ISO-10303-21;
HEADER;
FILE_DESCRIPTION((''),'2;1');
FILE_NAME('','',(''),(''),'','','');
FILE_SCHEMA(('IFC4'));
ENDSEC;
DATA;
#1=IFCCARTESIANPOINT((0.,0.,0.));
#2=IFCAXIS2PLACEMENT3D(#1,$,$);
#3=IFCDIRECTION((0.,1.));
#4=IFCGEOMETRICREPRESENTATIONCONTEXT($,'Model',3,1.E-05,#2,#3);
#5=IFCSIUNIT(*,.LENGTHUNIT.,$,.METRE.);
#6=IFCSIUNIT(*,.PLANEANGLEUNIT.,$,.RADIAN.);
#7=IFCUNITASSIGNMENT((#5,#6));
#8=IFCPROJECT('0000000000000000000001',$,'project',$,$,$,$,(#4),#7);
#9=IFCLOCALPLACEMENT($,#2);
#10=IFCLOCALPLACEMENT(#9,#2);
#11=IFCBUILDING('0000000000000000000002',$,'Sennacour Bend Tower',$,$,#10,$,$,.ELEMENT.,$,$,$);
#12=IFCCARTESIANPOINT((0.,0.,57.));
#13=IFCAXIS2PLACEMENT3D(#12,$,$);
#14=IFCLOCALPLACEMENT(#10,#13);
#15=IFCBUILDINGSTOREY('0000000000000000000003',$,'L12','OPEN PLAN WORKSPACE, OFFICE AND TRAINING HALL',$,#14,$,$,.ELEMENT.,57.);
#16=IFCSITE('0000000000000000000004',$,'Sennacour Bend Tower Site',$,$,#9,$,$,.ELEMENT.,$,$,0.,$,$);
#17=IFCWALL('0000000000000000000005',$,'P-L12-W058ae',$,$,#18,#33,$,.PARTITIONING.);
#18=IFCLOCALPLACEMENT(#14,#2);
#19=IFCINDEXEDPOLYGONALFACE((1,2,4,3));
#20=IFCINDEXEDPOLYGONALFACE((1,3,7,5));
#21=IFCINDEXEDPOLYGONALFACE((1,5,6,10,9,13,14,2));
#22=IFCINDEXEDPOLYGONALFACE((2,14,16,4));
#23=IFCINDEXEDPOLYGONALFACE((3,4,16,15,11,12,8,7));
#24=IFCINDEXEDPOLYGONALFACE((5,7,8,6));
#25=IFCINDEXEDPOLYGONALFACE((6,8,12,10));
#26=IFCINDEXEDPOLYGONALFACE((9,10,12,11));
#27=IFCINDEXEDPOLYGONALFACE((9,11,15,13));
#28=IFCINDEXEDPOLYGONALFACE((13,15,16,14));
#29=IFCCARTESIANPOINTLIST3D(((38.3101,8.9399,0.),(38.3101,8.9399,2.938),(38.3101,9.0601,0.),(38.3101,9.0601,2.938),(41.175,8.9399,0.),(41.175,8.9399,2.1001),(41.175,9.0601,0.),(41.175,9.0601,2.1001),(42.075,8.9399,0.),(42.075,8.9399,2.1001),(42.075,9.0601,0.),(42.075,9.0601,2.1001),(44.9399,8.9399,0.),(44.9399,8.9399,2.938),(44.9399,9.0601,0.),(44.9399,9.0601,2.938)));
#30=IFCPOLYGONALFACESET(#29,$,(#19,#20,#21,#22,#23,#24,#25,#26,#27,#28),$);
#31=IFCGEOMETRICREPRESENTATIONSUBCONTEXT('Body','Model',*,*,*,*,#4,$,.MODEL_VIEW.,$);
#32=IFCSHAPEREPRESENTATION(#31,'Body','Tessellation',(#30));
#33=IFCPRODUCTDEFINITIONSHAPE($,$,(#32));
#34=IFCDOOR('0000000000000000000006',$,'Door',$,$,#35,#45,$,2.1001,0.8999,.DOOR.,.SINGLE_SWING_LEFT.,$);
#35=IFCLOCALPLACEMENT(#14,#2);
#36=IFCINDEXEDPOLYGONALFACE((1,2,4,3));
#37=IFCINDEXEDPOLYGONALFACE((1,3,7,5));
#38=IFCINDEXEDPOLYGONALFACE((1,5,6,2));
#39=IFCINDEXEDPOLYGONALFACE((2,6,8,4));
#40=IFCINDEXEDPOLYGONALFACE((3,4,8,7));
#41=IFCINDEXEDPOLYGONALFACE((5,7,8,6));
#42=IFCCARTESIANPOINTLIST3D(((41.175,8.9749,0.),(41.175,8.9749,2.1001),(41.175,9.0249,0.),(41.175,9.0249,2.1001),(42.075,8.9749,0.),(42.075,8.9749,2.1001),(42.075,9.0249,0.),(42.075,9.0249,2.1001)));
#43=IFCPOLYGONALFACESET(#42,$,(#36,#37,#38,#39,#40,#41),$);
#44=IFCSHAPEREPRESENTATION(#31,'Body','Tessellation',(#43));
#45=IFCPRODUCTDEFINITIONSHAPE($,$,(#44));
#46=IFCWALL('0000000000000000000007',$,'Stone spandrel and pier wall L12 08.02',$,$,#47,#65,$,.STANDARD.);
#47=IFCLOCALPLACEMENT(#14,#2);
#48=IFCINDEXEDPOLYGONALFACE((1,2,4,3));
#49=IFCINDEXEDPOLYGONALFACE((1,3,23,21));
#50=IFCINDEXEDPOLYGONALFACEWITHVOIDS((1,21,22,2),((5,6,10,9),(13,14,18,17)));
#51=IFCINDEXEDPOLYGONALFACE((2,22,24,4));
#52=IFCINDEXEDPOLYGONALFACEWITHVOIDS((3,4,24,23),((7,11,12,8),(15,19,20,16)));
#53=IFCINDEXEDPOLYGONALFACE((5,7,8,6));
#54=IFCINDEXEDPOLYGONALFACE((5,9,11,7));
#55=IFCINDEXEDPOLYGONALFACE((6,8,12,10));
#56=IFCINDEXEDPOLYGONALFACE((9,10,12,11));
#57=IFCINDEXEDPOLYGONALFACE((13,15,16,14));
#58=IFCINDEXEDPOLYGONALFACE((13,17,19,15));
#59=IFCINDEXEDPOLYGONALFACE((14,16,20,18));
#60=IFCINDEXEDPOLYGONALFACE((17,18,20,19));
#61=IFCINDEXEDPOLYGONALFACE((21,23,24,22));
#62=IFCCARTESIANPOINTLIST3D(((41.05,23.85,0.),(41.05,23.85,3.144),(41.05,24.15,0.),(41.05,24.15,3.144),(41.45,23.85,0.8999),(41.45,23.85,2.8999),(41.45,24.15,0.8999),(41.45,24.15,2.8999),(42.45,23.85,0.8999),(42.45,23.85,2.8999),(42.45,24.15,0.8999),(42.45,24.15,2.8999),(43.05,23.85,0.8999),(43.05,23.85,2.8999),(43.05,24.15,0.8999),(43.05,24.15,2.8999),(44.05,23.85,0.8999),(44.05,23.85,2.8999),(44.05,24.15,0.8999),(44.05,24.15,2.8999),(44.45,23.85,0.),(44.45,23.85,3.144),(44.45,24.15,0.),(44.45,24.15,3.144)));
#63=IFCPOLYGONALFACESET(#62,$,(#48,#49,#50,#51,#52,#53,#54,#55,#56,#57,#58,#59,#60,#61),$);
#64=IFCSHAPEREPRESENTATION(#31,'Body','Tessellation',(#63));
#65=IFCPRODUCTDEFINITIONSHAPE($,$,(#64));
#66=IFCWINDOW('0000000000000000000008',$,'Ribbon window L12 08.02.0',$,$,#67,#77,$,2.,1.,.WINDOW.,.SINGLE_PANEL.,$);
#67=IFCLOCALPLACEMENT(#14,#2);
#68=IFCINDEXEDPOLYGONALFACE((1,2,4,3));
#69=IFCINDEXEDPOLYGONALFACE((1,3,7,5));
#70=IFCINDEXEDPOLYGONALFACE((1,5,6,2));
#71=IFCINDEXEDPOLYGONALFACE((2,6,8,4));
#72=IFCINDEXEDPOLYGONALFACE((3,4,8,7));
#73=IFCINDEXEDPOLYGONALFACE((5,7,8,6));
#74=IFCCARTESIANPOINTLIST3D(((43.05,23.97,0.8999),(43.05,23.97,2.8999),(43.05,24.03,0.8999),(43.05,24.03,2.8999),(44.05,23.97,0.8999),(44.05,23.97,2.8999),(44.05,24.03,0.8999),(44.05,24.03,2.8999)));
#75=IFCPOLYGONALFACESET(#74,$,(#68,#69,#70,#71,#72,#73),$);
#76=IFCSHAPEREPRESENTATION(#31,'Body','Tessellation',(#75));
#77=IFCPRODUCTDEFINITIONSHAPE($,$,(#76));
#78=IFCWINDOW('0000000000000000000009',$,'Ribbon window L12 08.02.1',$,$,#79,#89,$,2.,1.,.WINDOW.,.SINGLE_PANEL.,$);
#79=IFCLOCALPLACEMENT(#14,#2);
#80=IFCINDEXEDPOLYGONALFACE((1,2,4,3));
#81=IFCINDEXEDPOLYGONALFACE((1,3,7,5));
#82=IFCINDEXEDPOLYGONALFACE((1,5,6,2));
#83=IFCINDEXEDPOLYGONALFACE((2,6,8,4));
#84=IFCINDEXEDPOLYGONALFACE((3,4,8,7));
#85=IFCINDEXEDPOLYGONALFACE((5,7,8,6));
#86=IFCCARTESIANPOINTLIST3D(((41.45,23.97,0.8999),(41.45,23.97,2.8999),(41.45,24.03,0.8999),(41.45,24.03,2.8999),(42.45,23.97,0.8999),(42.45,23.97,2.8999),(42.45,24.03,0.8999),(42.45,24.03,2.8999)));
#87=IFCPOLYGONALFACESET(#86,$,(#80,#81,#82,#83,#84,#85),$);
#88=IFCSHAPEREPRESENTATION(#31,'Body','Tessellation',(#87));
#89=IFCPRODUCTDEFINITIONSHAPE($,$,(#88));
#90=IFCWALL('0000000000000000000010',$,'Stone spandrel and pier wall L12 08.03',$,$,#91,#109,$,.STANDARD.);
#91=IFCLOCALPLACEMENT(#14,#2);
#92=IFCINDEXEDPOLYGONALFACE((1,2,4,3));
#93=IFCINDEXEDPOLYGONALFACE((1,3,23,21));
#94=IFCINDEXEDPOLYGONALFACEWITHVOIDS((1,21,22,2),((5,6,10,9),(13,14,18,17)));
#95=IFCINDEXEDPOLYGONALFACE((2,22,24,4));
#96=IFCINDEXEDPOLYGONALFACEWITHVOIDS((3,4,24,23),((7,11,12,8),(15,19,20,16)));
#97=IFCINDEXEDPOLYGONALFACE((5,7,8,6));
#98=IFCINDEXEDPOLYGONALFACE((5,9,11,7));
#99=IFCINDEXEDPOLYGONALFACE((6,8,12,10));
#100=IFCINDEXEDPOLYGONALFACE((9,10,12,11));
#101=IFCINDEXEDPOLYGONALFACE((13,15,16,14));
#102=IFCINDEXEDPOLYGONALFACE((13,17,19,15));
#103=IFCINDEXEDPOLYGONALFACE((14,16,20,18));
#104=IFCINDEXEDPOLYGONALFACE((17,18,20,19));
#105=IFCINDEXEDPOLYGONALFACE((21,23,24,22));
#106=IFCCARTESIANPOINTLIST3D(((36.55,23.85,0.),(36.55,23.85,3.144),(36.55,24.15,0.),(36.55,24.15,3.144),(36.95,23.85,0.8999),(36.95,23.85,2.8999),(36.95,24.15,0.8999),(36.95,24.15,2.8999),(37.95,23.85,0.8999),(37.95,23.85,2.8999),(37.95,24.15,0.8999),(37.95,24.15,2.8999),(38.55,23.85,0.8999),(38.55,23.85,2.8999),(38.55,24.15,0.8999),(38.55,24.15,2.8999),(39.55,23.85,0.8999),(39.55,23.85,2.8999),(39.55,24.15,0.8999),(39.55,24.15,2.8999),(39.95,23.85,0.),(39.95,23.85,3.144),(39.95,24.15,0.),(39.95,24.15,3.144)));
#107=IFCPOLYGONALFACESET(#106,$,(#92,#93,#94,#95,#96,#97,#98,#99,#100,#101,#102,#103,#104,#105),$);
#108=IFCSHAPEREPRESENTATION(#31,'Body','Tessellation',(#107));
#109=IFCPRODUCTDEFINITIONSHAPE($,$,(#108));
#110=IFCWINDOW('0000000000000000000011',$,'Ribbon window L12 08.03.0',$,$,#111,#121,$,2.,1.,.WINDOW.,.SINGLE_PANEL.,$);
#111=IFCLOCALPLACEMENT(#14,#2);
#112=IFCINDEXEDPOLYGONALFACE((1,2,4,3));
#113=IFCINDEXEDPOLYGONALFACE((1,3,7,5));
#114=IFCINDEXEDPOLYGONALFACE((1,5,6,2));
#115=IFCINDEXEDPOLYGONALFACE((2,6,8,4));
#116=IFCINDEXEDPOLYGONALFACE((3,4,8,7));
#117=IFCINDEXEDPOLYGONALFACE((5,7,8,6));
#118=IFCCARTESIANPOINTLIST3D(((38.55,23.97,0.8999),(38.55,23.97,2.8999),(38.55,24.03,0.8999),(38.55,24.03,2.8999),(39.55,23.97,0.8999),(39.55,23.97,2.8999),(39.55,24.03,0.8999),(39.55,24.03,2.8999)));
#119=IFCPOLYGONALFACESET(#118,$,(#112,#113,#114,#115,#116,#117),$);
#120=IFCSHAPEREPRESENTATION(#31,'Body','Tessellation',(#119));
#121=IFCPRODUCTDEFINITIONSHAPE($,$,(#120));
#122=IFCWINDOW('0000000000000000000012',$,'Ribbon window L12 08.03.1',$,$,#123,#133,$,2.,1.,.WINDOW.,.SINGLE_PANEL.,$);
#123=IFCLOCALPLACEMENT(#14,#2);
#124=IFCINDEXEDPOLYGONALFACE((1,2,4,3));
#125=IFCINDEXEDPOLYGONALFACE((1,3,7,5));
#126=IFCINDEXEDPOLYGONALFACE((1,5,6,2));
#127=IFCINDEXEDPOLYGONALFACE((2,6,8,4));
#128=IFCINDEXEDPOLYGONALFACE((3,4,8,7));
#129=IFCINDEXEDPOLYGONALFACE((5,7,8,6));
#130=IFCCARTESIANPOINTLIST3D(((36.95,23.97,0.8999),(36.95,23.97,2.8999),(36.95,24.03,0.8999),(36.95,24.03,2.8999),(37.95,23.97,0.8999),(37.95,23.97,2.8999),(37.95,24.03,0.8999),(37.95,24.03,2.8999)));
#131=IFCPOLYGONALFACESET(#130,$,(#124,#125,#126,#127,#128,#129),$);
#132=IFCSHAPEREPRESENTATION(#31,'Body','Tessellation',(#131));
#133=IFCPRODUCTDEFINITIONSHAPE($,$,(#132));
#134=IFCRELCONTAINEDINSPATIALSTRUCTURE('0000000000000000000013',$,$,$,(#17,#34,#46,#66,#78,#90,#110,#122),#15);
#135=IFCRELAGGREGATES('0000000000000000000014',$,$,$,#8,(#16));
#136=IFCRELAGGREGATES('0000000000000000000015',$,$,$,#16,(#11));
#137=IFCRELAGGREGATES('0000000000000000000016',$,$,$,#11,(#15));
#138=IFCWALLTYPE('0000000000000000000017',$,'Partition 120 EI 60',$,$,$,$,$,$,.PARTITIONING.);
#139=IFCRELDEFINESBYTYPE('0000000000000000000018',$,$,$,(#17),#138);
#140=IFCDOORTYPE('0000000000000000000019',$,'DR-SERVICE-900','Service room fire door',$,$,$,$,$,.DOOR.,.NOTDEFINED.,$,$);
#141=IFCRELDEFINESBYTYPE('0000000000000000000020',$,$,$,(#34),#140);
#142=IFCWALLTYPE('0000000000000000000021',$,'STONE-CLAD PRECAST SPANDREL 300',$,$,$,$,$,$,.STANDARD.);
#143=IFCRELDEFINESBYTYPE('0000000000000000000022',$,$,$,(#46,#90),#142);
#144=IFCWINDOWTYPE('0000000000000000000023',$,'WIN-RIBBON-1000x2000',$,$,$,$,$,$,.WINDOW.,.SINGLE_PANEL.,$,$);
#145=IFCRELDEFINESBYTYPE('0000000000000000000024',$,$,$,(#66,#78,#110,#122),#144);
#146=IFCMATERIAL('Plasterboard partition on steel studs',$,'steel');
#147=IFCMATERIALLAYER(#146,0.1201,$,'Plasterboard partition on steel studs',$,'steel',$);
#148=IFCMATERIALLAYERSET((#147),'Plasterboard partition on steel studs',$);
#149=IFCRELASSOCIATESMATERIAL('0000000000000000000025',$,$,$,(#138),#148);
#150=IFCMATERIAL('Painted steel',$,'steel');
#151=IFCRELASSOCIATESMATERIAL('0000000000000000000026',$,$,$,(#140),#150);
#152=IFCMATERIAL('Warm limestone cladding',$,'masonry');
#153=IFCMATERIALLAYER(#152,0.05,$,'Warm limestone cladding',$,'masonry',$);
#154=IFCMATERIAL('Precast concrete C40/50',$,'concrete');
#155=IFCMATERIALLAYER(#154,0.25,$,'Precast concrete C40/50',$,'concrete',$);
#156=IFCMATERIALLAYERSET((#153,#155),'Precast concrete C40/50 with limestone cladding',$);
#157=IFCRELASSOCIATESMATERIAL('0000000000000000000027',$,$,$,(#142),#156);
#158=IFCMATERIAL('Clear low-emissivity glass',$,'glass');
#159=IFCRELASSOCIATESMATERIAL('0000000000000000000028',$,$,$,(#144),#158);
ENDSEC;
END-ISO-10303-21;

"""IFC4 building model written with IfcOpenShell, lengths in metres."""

from ifc_helpers import new_model, si_unit, direction, frame, frame_2d, origin, place, context, subcontext, project, spatial, rectangle, extrude, material, layer, layer_set, type_object, element, fill, save


model = new_model("IFC4")

# Units and contexts
model_context = context("Model", 3, precision=1e-05, world=origin(), true_north=direction((0.0, 1.0)))
body_context = subcontext(model_context, "Body", "Model", "MODEL_VIEW")
ifc_project = project(units=[si_unit("LENGTHUNIT", "METRE"), si_unit("PLANEANGLEUNIT", "RADIAN")], contexts=[model_context])

# Site, building, storey
site_placement = place(None, origin())
site = spatial("IfcSite", under=ifc_project, at=site_placement, Name="Sennacour Bend Tower Site", CompositionType="ELEMENT", RefElevation=0.0)
building_placement = place(site_placement, origin())
building = spatial("IfcBuilding", under=site, at=building_placement, Name="Sennacour Bend Tower", CompositionType="ELEMENT")
storey_placement = place(building_placement, frame((0.0, 0.0, 57.0)))
storey = spatial("IfcBuildingStorey", under=building, at=storey_placement, Name="L12", Description="OPEN PLAN WORKSPACE, OFFICE AND TRAINING HALL", CompositionType="ELEMENT", Elevation=57.0)

# Shared definitions
ifc_material_1 = material(Name="Plasterboard partition on steel studs", Category="steel")

# Wall, opening, door
ifc_layer_1 = layer(ifc_material_1, 0.1201, Name="Plasterboard partition on steel studs", Category="steel")
ifc_layer_set_1 = layer_set([ifc_layer_1], Name="Plasterboard partition on steel studs")
wall_type_1 = type_object("IfcWallType", Name="Partition 120 EI 60", PredefinedType="PARTITIONING", material=ifc_layer_set_1)
wall_1_placement = place(storey_placement, frame((38.3101, 9.0, 0.0), z_axis=(0.0, 0.0, 1.0), x_axis=(1.0, 0.0, 0.0)))
wall_1 = element("IfcWall", 1, at=wall_1_placement, inside=storey, type_object=wall_type_1, Name="P-L12-W058ae", PredefinedType="PARTITIONING", context=body_context, shape_type="SweptSolid", body=[
    extrude(rectangle(XDim=6.6299, YDim=0.1201, at=frame_2d((3.3149, 0.0))), origin(), (0.0, 0.0, 1.0), 2.938),
])
opening_1_placement = place(wall_1_placement, frame((2.865, 0.0, 0.0)))
opening_1 = element("IfcOpeningElement", 2, at=opening_1_placement, cuts=wall_1, PredefinedType="OPENING", context=body_context, shape_type="SweptSolid", body=[
    extrude(rectangle(XDim=0.8999, YDim=2.1001, at=frame_2d((0.45, 1.05))), frame((0.0, 0.0701, 0.0), z_axis=(0.0, -1.0, 0.0), x_axis=(1.0, 0.0, 0.0)), (0.0, 0.0, 1.0), 0.1401),
])
ifc_material_2 = material(Name="Painted steel", Category="steel")
door_type_1 = type_object("IfcDoorType", Name="DR-SERVICE-900", Description="Service room fire door", OperationType="NOTDEFINED", PredefinedType="DOOR", material=ifc_material_2)
door_1_placement = place(opening_1_placement, origin())
door_1 = element("IfcDoor", 3, at=door_1_placement, inside=storey, type_object=door_type_1, Name="Door", OperationType="SINGLE_SWING_LEFT", OverallHeight=2.1001, OverallWidth=0.8999, PredefinedType="DOOR", context=body_context, shape_type="SweptSolid", body=[
    extrude(rectangle(XDim=0.8999, YDim=2.1001, at=frame_2d((0.45, 1.05))), frame((0.0, 0.0249, 0.0), z_axis=(0.0, -1.0, 0.0), x_axis=(1.0, 0.0, 0.0)), (0.0, 0.0, 1.0), 0.05),
])
fill(opening_1, door_1)

# Walls, openings, windows
ifc_material_3 = material(Name="Warm limestone cladding", Category="masonry")
ifc_layer_2 = layer(ifc_material_3, 0.05, Name="Warm limestone cladding", Category="masonry")
ifc_material_4 = material(Name="Precast concrete C40/50", Category="concrete")
ifc_layer_3 = layer(ifc_material_4, 0.25, Name="Precast concrete C40/50", Category="concrete")
ifc_layer_set_2 = layer_set([ifc_layer_2, ifc_layer_3], Name="Precast concrete C40/50 with limestone cladding")
wall_type_2 = type_object("IfcWallType", Name="STONE-CLAD PRECAST SPANDREL 300", PredefinedType="STANDARD", material=ifc_layer_set_2)
wall_2_placement = place(storey_placement, frame((44.45, 24.0, 0.0), z_axis=(0.0, 0.0, 1.0), x_axis=(-1.0, 0.0, 0.0)))
wall_2 = element("IfcWall", 4, at=wall_2_placement, inside=storey, type_object=wall_type_2, Name="Stone spandrel and pier wall L12 08.02", PredefinedType="STANDARD", context=body_context, shape_type="SweptSolid", body=[
    extrude(rectangle(XDim=3.3999, YDim=0.3, at=frame_2d((1.7, 0.0))), origin(), (0.0, 0.0, 1.0), 3.144),
])
opening_2_placement = place(wall_2_placement, frame((0.3999, 0.0, 0.8999)))
opening_2 = element("IfcOpeningElement", 5, at=opening_2_placement, cuts=wall_2, PredefinedType="OPENING", context=body_context, shape_type="SweptSolid", body=[
    extrude(rectangle(XDim=1.0, YDim=2.0, at=frame_2d((0.5, 1.0))), frame((0.0, 0.1602, 0.0), z_axis=(0.0, -1.0, 0.0), x_axis=(1.0, 0.0, 0.0)), (0.0, 0.0, 1.0), 0.3201),
])
opening_3_placement = place(wall_2_placement, frame((2.0, 0.0, 0.8999)))
opening_3 = element("IfcOpeningElement", 6, at=opening_3_placement, cuts=wall_2, PredefinedType="OPENING", context=body_context, shape_type="SweptSolid", body=[
    extrude(rectangle(XDim=1.0, YDim=2.0, at=frame_2d((0.5, 1.0))), frame((0.0, 0.1602, 0.0), z_axis=(0.0, -1.0, 0.0), x_axis=(1.0, 0.0, 0.0)), (0.0, 0.0, 1.0), 0.3201),
])
ifc_material_5 = material(Name="Clear low-emissivity glass", Category="glass")
window_type = type_object("IfcWindowType", Name="WIN-RIBBON-1000x2000", PartitioningType="SINGLE_PANEL", PredefinedType="WINDOW", material=ifc_material_5)
window_1_placement = place(opening_2_placement, origin())
window_1 = element("IfcWindow", 7, at=window_1_placement, inside=storey, type_object=window_type, Name="Ribbon window L12 08.02.0", OverallHeight=2.0, OverallWidth=1.0, PartitioningType="SINGLE_PANEL", PredefinedType="WINDOW", context=body_context, shape_type="SweptSolid", body=[
    extrude(rectangle(XDim=1.0, YDim=2.0, at=frame_2d((0.5, 1.0))), frame((0.0, 0.03, 0.0), z_axis=(0.0, -1.0, 0.0), x_axis=(1.0, 0.0, 0.0)), (0.0, 0.0, 1.0), 0.0601),
])
fill(opening_2, window_1)
window_2_placement = place(opening_3_placement, origin())
window_2 = element("IfcWindow", 8, at=window_2_placement, inside=storey, type_object=window_type, Name="Ribbon window L12 08.02.1", OverallHeight=2.0, OverallWidth=1.0, PartitioningType="SINGLE_PANEL", PredefinedType="WINDOW", context=body_context, shape_type="SweptSolid", body=[
    extrude(rectangle(XDim=1.0, YDim=2.0, at=frame_2d((0.5, 1.0))), frame((0.0, 0.03, 0.0), z_axis=(0.0, -1.0, 0.0), x_axis=(1.0, 0.0, 0.0)), (0.0, 0.0, 1.0), 0.0601),
])
fill(opening_3, window_2)
wall_3_placement = place(storey_placement, frame((39.95, 24.0, 0.0), z_axis=(0.0, 0.0, 1.0), x_axis=(-1.0, 0.0, 0.0)))
wall_3 = element("IfcWall", 9, at=wall_3_placement, inside=storey, type_object=wall_type_2, Name="Stone spandrel and pier wall L12 08.03", PredefinedType="STANDARD", context=body_context, shape_type="SweptSolid", body=[
    extrude(rectangle(XDim=3.3999, YDim=0.3, at=frame_2d((1.7, 0.0))), origin(), (0.0, 0.0, 1.0), 3.144),
])
opening_4_placement = place(wall_3_placement, frame((0.3999, 0.0, 0.8999)))
opening_4 = element("IfcOpeningElement", 10, at=opening_4_placement, cuts=wall_3, PredefinedType="OPENING", context=body_context, shape_type="SweptSolid", body=[
    extrude(rectangle(XDim=1.0, YDim=2.0, at=frame_2d((0.5, 1.0))), frame((0.0, 0.1602, 0.0), z_axis=(0.0, -1.0, 0.0), x_axis=(1.0, 0.0, 0.0)), (0.0, 0.0, 1.0), 0.3201),
])
opening_5_placement = place(wall_3_placement, frame((2.0, 0.0, 0.8999)))
opening_5 = element("IfcOpeningElement", 11, at=opening_5_placement, cuts=wall_3, PredefinedType="OPENING", context=body_context, shape_type="SweptSolid", body=[
    extrude(rectangle(XDim=1.0, YDim=2.0, at=frame_2d((0.5, 1.0))), frame((0.0, 0.1602, 0.0), z_axis=(0.0, -1.0, 0.0), x_axis=(1.0, 0.0, 0.0)), (0.0, 0.0, 1.0), 0.3201),
])
window_3_placement = place(opening_4_placement, origin())
window_3 = element("IfcWindow", 12, at=window_3_placement, inside=storey, type_object=window_type, Name="Ribbon window L12 08.03.0", OverallHeight=2.0, OverallWidth=1.0, PartitioningType="SINGLE_PANEL", PredefinedType="WINDOW", context=body_context, shape_type="SweptSolid", body=[
    extrude(rectangle(XDim=1.0, YDim=2.0, at=frame_2d((0.5, 1.0))), frame((0.0, 0.03, 0.0), z_axis=(0.0, -1.0, 0.0), x_axis=(1.0, 0.0, 0.0)), (0.0, 0.0, 1.0), 0.0601),
])
fill(opening_4, window_3)
window_4_placement = place(opening_5_placement, origin())
window_4 = element("IfcWindow", 13, at=window_4_placement, inside=storey, type_object=window_type, Name="Ribbon window L12 08.03.1", OverallHeight=2.0, OverallWidth=1.0, PartitioningType="SINGLE_PANEL", PredefinedType="WINDOW", context=body_context, shape_type="SweptSolid", body=[
    extrude(rectangle(XDim=1.0, YDim=2.0, at=frame_2d((0.5, 1.0))), frame((0.0, 0.03, 0.0), z_axis=(0.0, -1.0, 0.0), x_axis=(1.0, 0.0, 0.0)), (0.0, 0.0, 1.0), 0.0601),
])
fill(opening_5, window_4)

save(model, "model.ifc")
